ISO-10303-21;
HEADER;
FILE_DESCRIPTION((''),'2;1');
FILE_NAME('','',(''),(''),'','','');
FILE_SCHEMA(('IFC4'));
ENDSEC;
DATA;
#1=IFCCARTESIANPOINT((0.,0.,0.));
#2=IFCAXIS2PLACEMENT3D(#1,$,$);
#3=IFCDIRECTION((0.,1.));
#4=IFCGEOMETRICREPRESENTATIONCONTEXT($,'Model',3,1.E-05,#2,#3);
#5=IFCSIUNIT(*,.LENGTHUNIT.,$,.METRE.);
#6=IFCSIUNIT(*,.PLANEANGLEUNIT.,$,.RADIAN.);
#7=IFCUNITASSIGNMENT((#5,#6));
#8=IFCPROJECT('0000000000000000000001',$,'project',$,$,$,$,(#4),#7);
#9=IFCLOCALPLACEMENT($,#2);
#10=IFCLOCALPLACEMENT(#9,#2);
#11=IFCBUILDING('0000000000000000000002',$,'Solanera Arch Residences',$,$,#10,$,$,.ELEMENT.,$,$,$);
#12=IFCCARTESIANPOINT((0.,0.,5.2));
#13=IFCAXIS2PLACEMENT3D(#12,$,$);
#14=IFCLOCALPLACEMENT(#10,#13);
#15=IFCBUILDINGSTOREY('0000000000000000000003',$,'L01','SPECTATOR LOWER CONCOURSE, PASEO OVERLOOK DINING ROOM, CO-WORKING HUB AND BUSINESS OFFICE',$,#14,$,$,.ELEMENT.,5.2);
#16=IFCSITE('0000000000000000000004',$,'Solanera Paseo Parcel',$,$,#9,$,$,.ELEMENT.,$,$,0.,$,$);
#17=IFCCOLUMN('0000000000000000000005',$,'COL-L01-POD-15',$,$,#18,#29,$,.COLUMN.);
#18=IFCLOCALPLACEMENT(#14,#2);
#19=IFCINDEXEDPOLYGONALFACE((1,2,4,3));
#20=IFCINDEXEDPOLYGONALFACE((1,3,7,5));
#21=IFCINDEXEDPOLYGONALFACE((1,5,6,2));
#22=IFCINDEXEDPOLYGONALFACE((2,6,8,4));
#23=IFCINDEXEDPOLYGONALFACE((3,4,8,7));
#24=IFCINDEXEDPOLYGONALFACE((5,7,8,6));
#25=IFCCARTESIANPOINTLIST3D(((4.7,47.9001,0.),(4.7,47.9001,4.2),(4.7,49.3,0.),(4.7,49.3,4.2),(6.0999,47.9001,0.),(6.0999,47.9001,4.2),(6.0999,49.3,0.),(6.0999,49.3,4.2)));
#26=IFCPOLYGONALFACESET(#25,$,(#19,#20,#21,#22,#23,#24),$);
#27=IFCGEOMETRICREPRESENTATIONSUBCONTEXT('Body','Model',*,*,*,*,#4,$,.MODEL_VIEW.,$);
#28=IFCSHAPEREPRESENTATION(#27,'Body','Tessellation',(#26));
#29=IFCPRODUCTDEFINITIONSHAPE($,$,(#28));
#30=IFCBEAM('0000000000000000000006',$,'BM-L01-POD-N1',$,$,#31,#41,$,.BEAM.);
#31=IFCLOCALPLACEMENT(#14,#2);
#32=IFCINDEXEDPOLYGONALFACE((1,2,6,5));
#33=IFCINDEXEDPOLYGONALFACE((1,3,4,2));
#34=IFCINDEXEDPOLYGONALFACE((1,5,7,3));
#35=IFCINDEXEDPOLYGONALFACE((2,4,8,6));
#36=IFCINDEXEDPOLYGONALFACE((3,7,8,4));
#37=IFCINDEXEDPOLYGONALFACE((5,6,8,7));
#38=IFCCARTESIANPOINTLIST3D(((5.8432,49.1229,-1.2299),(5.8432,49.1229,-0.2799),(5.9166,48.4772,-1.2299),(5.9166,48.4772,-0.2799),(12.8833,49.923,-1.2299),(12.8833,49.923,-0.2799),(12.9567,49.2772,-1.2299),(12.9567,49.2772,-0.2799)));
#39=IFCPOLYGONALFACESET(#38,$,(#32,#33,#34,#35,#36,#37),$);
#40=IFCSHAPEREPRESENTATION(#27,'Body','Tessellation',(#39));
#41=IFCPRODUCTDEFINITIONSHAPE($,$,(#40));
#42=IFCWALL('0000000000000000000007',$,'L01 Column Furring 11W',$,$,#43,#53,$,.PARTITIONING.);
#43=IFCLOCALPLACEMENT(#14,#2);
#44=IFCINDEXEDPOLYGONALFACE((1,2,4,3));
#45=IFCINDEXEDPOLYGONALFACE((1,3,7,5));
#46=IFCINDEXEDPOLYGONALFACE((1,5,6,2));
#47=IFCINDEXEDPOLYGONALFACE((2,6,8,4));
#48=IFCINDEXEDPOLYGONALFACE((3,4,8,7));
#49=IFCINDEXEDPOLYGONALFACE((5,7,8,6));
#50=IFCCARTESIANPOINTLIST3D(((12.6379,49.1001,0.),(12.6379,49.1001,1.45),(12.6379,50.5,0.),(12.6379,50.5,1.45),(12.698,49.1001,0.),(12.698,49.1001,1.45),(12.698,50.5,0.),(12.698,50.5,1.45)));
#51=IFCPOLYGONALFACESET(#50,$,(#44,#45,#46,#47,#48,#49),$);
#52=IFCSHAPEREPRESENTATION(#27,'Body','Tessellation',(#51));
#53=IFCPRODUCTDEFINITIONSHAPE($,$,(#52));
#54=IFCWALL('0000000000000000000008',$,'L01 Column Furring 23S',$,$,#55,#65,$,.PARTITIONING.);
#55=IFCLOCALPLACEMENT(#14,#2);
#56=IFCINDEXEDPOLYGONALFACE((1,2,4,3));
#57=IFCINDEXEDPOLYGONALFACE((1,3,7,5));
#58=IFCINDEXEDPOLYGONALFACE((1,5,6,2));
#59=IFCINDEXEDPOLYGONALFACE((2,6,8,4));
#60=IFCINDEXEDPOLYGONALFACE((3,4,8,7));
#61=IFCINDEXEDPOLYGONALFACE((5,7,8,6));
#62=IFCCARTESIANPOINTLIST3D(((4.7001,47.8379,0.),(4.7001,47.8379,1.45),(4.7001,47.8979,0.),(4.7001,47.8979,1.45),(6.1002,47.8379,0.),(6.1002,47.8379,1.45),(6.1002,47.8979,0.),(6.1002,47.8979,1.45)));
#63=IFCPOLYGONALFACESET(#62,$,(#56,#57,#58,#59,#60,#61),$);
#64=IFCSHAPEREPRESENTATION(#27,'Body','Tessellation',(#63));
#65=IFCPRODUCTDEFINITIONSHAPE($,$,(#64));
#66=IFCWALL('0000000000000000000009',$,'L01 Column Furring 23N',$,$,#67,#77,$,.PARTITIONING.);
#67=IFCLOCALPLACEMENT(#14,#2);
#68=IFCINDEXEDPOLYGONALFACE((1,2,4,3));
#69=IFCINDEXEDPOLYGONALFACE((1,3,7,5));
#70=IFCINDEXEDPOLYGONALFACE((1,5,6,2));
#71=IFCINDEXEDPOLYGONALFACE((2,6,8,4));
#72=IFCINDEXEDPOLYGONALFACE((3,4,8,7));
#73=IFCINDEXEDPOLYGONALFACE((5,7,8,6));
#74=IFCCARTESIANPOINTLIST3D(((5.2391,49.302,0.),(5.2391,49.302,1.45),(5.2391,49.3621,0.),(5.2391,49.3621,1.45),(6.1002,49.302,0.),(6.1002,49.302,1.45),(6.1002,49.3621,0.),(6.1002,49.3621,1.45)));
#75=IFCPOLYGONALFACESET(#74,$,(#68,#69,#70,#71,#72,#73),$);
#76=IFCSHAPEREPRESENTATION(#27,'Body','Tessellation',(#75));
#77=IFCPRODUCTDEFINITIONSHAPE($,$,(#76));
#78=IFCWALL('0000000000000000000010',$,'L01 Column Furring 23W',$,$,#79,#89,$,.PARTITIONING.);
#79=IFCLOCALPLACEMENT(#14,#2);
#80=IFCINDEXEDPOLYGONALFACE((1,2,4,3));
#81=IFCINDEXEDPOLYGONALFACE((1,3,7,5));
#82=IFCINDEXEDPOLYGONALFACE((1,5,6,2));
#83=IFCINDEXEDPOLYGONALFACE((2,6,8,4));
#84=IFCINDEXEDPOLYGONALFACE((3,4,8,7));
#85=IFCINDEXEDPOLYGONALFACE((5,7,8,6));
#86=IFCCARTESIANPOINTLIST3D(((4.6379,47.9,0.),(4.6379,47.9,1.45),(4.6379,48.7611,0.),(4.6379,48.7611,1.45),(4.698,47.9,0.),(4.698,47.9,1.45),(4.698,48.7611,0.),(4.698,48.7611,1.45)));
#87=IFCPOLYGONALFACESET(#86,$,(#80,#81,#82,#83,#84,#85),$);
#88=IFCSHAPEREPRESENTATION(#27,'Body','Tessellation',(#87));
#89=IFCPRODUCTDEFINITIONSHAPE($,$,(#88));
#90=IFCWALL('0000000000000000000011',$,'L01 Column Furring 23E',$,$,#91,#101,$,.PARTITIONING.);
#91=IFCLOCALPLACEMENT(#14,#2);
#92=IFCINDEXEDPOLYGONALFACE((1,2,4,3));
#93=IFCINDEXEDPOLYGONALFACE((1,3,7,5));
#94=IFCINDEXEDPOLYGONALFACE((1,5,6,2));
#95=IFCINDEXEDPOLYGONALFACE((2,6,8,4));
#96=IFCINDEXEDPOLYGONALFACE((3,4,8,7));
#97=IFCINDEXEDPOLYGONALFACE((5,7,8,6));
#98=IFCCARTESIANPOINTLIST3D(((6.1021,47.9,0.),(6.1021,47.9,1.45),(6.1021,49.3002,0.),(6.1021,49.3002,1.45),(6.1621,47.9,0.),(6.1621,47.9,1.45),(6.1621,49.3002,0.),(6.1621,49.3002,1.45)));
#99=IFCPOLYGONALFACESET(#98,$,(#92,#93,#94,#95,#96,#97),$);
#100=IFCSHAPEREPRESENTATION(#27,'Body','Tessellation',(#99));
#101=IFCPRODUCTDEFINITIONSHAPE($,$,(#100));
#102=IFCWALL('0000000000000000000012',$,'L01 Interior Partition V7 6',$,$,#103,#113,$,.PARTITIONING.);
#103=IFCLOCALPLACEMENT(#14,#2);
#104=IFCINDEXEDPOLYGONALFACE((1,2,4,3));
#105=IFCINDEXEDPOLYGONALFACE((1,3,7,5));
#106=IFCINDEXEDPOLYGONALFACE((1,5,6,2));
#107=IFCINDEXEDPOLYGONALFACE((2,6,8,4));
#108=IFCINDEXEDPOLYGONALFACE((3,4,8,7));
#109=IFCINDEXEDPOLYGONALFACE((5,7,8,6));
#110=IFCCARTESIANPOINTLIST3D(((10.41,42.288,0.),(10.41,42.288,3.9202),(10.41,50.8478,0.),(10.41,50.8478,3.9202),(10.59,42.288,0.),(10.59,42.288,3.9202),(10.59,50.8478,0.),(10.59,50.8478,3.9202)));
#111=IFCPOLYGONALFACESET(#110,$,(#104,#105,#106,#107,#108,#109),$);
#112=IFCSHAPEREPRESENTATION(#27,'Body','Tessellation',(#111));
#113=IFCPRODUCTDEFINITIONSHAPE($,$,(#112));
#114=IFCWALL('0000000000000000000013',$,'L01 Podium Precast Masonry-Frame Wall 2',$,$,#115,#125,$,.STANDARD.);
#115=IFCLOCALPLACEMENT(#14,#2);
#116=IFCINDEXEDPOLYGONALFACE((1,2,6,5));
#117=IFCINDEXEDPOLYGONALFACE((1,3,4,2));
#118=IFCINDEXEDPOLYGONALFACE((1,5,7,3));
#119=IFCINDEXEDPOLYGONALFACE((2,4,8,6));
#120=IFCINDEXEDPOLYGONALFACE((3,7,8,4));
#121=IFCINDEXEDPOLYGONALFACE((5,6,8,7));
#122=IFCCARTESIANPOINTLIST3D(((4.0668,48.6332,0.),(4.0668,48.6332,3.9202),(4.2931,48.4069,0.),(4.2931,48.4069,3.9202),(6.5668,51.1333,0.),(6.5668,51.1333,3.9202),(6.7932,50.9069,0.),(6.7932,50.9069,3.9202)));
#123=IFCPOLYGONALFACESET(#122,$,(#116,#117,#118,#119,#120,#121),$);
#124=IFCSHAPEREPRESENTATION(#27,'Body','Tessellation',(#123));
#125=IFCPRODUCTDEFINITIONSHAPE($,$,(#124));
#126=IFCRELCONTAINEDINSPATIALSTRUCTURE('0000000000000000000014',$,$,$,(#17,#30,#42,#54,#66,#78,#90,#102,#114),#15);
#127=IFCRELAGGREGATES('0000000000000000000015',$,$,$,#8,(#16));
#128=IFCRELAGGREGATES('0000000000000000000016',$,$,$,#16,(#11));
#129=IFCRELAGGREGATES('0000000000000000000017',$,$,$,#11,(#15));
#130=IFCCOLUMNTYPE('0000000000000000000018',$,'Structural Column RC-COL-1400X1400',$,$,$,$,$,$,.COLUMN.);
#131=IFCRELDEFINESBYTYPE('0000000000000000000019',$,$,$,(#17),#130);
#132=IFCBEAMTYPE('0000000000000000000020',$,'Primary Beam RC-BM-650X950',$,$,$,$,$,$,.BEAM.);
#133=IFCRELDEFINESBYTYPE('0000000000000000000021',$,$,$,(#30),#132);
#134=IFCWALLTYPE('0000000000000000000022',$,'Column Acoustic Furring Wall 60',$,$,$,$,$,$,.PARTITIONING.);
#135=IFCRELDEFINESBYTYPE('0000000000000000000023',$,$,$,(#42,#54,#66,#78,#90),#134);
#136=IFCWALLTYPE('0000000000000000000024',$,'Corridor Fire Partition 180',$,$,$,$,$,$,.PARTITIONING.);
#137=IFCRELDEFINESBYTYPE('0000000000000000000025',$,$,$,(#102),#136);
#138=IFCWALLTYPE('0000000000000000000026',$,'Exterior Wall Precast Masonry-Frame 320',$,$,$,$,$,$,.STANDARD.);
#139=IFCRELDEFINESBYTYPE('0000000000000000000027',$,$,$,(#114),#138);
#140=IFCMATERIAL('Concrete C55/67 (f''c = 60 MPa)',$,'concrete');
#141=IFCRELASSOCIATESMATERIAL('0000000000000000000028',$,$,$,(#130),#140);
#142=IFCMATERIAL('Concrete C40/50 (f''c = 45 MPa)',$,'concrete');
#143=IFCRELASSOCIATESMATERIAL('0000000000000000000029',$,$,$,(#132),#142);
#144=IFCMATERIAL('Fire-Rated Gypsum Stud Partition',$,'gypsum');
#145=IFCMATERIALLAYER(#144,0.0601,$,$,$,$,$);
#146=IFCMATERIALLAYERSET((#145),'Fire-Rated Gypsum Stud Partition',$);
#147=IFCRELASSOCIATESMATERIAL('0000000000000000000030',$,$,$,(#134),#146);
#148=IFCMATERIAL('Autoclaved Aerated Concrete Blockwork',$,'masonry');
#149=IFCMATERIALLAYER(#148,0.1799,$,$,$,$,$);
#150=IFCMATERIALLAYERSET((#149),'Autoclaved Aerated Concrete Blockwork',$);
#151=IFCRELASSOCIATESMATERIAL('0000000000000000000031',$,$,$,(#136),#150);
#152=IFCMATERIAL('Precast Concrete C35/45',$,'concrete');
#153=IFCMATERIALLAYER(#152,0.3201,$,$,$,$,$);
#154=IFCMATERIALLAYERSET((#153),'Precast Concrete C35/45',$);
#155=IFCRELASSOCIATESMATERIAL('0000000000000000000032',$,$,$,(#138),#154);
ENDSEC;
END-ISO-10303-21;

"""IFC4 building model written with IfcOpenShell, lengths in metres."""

from ifc_helpers import new_model, si_unit, direction, frame, frame_2d, origin, origin_2d, place, context, subcontext, project, spatial, rectangle, extrude, material, layer, layer_set, material_profile, profile_set, type_object, element, save


model = new_model("IFC4")

# Units and contexts
model_context = context("Model", 3, precision=1e-05, world=origin(), true_north=direction((0.0, 1.0)))
body_context = subcontext(model_context, "Body", "Model", "MODEL_VIEW")
ifc_project = project(units=[si_unit("LENGTHUNIT", "METRE"), si_unit("PLANEANGLEUNIT", "RADIAN")], contexts=[model_context])

# Site, building, storey
site_placement = place(None, origin())
site = spatial("IfcSite", under=ifc_project, at=site_placement, Name="Solanera Paseo Parcel", CompositionType="ELEMENT", RefElevation=0.0)
building_placement = place(site_placement, origin())
building = spatial("IfcBuilding", under=site, at=building_placement, Name="Solanera Arch Residences", CompositionType="ELEMENT")
storey_placement = place(building_placement, frame((0.0, 0.0, 5.2)))
storey = spatial("IfcBuildingStorey", under=building, at=storey_placement, Name="L01", Description="SPECTATOR LOWER CONCOURSE, PASEO OVERLOOK DINING ROOM, CO-WORKING HUB AND BUSINESS OFFICE", CompositionType="ELEMENT", Elevation=5.2)

# Column
ifc_material_1 = material(Name="Concrete C55/67 (f'c = 60 MPa)", Category="concrete")
ifc_material_profile_1 = material_profile(ifc_material_1, rectangle(XDim=1.3999, YDim=1.3999, at=origin_2d()))
ifc_profile_set_1 = profile_set([ifc_material_profile_1], Name="Concrete C55/67 (f'c = 60 MPa)")
column_type = type_object("IfcColumnType", Name="Structural Column RC-COL-1400X1400", PredefinedType="COLUMN", material=ifc_profile_set_1)
column_placement = place(storey_placement, frame((5.3999, 48.6001, 0.0), z_axis=(0.0, 0.0, 1.0), x_axis=(1.0, 0.0, 0.0)))
element("IfcColumn", 1, at=column_placement, inside=storey, type_object=column_type, Name="COL-L01-POD-15", PredefinedType="COLUMN", context=body_context, shape_type="SweptSolid", body=[
    extrude(rectangle(XDim=1.3999, YDim=1.3999, at=origin_2d()), origin(), (0.0, 0.0, 1.0), 4.2),
])

# Beam
ifc_material_2 = material(Name="Concrete C40/50 (f'c = 45 MPa)", Category="concrete")
ifc_material_profile_2 = material_profile(ifc_material_2, rectangle(XDim=0.6499, YDim=0.95, at=origin_2d()))
ifc_profile_set_2 = profile_set([ifc_material_profile_2], Name="Concrete C40/50 (f'c = 45 MPa)")
beam_type = type_object("IfcBeamType", Name="Primary Beam RC-BM-650X950", PredefinedType="BEAM", material=ifc_profile_set_2)
beam_placement = place(storey_placement, frame((5.8799, 48.8, -0.7549), z_axis=(0.993605, 0.112916, 0.0), x_axis=(-0.112916, 0.993605, 0.0)))
element("IfcBeam", 2, at=beam_placement, inside=storey, type_object=beam_type, Name="BM-L01-POD-N1", PredefinedType="BEAM", context=body_context, shape_type="SweptSolid", body=[
    extrude(rectangle(XDim=0.6499, YDim=0.95, at=origin_2d()), origin(), (0.0, 0.0, 1.0), 7.0854),
])

# Walls
ifc_material_3 = material(Name="Fire-Rated Gypsum Stud Partition", Category="gypsum")
ifc_layer_1 = layer(ifc_material_3, 0.0601)
ifc_layer_set_1 = layer_set([ifc_layer_1], Name="Fire-Rated Gypsum Stud Partition")
wall_type_1 = type_object("IfcWallType", Name="Column Acoustic Furring Wall 60", PredefinedType="PARTITIONING", material=ifc_layer_set_1)
wall_1_placement = place(storey_placement, frame((12.668, 49.1001, 0.0), z_axis=(0.0, 0.0, 1.0), x_axis=(0.0, 1.0, 0.0)))
element("IfcWall", 3, at=wall_1_placement, inside=storey, type_object=wall_type_1, Name="L01 Column Furring 11W", PredefinedType="PARTITIONING", context=body_context, shape_type="SweptSolid", body=[
    extrude(rectangle(XDim=1.3999, YDim=0.0601, at=frame_2d((0.7, 0.0))), origin(), (0.0, 0.0, 1.0), 1.45),
])
wall_2_placement = place(storey_placement, frame((4.7, 47.8679, 0.0), z_axis=(0.0, 0.0, 1.0), x_axis=(1.0, 0.0, 0.0)))
element("IfcWall", 4, at=wall_2_placement, inside=storey, type_object=wall_type_1, Name="L01 Column Furring 23S", PredefinedType="PARTITIONING", context=body_context, shape_type="SweptSolid", body=[
    extrude(rectangle(XDim=1.4001, YDim=0.0601, at=frame_2d((0.7002, 0.0))), origin(), (0.0, 0.0, 1.0), 1.45),
])
for number, where, z_axis, x_axis, name in (
    (5, (5.239, 49.332, 0.0), (0.0, 0.0, 1.0), (1.0, 0.0, 0.0), "L01 Column Furring 23N"),
    (6, (4.668, 47.8999, 0.0), (0.0, 0.0, 1.0), (0.0, 1.0, 0.0), "L01 Column Furring 23W"),
):
    element("IfcWall", number, at=place(storey_placement, frame(where, z_axis=z_axis, x_axis=x_axis)), inside=storey, type_object=wall_type_1, Name=name, PredefinedType="PARTITIONING", context=body_context, shape_type="SweptSolid", body=[
        extrude(rectangle(XDim=0.8611, YDim=0.0601, at=frame_2d((0.4307, 0.0))), origin(), (0.0, 0.0, 1.0), 1.45),
    ])
wall_3_placement = place(storey_placement, frame((6.1321, 47.8999, 0.0), z_axis=(0.0, 0.0, 1.0), x_axis=(0.0, 1.0, 0.0)))
element("IfcWall", 7, at=wall_3_placement, inside=storey, type_object=wall_type_1, Name="L01 Column Furring 23E", PredefinedType="PARTITIONING", context=body_context, shape_type="SweptSolid", body=[
    extrude(rectangle(XDim=1.4001, YDim=0.0601, at=frame_2d((0.7002, 0.0))), origin(), (0.0, 0.0, 1.0), 1.45),
])
ifc_material_4 = material(Name="Autoclaved Aerated Concrete Blockwork", Category="masonry")
ifc_layer_2 = layer(ifc_material_4, 0.1799)
ifc_layer_set_2 = layer_set([ifc_layer_2], Name="Autoclaved Aerated Concrete Blockwork")
wall_type_2 = type_object("IfcWallType", Name="Corridor Fire Partition 180", PredefinedType="PARTITIONING", material=ifc_layer_set_2)
wall_4_placement = place(storey_placement, frame((10.5, 42.2881, 0.0), z_axis=(0.0, 0.0, 1.0), x_axis=(0.0, 1.0, 0.0)))
element("IfcWall", 8, at=wall_4_placement, inside=storey, type_object=wall_type_2, Name="L01 Interior Partition V7 6", PredefinedType="PARTITIONING", context=body_context, shape_type="SweptSolid", body=[
    extrude(rectangle(XDim=8.5598, YDim=0.1799, at=frame_2d((4.2798, 0.0))), origin(), (0.0, 0.0, 1.0), 3.9202),
])
ifc_material_5 = material(Name="Precast Concrete C35/45", Category="concrete")
ifc_layer_3 = layer(ifc_material_5, 0.3201)
ifc_layer_set_3 = layer_set([ifc_layer_3], Name="Precast Concrete C35/45")
wall_type_3 = type_object("IfcWallType", Name="Exterior Wall Precast Masonry-Frame 320", PredefinedType="STANDARD", material=ifc_layer_set_3)
wall_5_placement = place(storey_placement, frame((4.1799, 48.52, 0.0), z_axis=(0.0, 0.0, 1.0), x_axis=(0.707107, 0.707107, 0.0)))
element("IfcWall", 9, at=wall_5_placement, inside=storey, type_object=wall_type_3, Name="L01 Podium Precast Masonry-Frame Wall 2", PredefinedType="STANDARD", context=body_context, shape_type="SweptSolid", body=[
    extrude(rectangle(XDim=3.5356, YDim=0.3201, at=frame_2d((1.7678, 0.0))), origin(), (0.0, 0.0, 1.0), 3.9202),
])

save(model, "model.ifc")
